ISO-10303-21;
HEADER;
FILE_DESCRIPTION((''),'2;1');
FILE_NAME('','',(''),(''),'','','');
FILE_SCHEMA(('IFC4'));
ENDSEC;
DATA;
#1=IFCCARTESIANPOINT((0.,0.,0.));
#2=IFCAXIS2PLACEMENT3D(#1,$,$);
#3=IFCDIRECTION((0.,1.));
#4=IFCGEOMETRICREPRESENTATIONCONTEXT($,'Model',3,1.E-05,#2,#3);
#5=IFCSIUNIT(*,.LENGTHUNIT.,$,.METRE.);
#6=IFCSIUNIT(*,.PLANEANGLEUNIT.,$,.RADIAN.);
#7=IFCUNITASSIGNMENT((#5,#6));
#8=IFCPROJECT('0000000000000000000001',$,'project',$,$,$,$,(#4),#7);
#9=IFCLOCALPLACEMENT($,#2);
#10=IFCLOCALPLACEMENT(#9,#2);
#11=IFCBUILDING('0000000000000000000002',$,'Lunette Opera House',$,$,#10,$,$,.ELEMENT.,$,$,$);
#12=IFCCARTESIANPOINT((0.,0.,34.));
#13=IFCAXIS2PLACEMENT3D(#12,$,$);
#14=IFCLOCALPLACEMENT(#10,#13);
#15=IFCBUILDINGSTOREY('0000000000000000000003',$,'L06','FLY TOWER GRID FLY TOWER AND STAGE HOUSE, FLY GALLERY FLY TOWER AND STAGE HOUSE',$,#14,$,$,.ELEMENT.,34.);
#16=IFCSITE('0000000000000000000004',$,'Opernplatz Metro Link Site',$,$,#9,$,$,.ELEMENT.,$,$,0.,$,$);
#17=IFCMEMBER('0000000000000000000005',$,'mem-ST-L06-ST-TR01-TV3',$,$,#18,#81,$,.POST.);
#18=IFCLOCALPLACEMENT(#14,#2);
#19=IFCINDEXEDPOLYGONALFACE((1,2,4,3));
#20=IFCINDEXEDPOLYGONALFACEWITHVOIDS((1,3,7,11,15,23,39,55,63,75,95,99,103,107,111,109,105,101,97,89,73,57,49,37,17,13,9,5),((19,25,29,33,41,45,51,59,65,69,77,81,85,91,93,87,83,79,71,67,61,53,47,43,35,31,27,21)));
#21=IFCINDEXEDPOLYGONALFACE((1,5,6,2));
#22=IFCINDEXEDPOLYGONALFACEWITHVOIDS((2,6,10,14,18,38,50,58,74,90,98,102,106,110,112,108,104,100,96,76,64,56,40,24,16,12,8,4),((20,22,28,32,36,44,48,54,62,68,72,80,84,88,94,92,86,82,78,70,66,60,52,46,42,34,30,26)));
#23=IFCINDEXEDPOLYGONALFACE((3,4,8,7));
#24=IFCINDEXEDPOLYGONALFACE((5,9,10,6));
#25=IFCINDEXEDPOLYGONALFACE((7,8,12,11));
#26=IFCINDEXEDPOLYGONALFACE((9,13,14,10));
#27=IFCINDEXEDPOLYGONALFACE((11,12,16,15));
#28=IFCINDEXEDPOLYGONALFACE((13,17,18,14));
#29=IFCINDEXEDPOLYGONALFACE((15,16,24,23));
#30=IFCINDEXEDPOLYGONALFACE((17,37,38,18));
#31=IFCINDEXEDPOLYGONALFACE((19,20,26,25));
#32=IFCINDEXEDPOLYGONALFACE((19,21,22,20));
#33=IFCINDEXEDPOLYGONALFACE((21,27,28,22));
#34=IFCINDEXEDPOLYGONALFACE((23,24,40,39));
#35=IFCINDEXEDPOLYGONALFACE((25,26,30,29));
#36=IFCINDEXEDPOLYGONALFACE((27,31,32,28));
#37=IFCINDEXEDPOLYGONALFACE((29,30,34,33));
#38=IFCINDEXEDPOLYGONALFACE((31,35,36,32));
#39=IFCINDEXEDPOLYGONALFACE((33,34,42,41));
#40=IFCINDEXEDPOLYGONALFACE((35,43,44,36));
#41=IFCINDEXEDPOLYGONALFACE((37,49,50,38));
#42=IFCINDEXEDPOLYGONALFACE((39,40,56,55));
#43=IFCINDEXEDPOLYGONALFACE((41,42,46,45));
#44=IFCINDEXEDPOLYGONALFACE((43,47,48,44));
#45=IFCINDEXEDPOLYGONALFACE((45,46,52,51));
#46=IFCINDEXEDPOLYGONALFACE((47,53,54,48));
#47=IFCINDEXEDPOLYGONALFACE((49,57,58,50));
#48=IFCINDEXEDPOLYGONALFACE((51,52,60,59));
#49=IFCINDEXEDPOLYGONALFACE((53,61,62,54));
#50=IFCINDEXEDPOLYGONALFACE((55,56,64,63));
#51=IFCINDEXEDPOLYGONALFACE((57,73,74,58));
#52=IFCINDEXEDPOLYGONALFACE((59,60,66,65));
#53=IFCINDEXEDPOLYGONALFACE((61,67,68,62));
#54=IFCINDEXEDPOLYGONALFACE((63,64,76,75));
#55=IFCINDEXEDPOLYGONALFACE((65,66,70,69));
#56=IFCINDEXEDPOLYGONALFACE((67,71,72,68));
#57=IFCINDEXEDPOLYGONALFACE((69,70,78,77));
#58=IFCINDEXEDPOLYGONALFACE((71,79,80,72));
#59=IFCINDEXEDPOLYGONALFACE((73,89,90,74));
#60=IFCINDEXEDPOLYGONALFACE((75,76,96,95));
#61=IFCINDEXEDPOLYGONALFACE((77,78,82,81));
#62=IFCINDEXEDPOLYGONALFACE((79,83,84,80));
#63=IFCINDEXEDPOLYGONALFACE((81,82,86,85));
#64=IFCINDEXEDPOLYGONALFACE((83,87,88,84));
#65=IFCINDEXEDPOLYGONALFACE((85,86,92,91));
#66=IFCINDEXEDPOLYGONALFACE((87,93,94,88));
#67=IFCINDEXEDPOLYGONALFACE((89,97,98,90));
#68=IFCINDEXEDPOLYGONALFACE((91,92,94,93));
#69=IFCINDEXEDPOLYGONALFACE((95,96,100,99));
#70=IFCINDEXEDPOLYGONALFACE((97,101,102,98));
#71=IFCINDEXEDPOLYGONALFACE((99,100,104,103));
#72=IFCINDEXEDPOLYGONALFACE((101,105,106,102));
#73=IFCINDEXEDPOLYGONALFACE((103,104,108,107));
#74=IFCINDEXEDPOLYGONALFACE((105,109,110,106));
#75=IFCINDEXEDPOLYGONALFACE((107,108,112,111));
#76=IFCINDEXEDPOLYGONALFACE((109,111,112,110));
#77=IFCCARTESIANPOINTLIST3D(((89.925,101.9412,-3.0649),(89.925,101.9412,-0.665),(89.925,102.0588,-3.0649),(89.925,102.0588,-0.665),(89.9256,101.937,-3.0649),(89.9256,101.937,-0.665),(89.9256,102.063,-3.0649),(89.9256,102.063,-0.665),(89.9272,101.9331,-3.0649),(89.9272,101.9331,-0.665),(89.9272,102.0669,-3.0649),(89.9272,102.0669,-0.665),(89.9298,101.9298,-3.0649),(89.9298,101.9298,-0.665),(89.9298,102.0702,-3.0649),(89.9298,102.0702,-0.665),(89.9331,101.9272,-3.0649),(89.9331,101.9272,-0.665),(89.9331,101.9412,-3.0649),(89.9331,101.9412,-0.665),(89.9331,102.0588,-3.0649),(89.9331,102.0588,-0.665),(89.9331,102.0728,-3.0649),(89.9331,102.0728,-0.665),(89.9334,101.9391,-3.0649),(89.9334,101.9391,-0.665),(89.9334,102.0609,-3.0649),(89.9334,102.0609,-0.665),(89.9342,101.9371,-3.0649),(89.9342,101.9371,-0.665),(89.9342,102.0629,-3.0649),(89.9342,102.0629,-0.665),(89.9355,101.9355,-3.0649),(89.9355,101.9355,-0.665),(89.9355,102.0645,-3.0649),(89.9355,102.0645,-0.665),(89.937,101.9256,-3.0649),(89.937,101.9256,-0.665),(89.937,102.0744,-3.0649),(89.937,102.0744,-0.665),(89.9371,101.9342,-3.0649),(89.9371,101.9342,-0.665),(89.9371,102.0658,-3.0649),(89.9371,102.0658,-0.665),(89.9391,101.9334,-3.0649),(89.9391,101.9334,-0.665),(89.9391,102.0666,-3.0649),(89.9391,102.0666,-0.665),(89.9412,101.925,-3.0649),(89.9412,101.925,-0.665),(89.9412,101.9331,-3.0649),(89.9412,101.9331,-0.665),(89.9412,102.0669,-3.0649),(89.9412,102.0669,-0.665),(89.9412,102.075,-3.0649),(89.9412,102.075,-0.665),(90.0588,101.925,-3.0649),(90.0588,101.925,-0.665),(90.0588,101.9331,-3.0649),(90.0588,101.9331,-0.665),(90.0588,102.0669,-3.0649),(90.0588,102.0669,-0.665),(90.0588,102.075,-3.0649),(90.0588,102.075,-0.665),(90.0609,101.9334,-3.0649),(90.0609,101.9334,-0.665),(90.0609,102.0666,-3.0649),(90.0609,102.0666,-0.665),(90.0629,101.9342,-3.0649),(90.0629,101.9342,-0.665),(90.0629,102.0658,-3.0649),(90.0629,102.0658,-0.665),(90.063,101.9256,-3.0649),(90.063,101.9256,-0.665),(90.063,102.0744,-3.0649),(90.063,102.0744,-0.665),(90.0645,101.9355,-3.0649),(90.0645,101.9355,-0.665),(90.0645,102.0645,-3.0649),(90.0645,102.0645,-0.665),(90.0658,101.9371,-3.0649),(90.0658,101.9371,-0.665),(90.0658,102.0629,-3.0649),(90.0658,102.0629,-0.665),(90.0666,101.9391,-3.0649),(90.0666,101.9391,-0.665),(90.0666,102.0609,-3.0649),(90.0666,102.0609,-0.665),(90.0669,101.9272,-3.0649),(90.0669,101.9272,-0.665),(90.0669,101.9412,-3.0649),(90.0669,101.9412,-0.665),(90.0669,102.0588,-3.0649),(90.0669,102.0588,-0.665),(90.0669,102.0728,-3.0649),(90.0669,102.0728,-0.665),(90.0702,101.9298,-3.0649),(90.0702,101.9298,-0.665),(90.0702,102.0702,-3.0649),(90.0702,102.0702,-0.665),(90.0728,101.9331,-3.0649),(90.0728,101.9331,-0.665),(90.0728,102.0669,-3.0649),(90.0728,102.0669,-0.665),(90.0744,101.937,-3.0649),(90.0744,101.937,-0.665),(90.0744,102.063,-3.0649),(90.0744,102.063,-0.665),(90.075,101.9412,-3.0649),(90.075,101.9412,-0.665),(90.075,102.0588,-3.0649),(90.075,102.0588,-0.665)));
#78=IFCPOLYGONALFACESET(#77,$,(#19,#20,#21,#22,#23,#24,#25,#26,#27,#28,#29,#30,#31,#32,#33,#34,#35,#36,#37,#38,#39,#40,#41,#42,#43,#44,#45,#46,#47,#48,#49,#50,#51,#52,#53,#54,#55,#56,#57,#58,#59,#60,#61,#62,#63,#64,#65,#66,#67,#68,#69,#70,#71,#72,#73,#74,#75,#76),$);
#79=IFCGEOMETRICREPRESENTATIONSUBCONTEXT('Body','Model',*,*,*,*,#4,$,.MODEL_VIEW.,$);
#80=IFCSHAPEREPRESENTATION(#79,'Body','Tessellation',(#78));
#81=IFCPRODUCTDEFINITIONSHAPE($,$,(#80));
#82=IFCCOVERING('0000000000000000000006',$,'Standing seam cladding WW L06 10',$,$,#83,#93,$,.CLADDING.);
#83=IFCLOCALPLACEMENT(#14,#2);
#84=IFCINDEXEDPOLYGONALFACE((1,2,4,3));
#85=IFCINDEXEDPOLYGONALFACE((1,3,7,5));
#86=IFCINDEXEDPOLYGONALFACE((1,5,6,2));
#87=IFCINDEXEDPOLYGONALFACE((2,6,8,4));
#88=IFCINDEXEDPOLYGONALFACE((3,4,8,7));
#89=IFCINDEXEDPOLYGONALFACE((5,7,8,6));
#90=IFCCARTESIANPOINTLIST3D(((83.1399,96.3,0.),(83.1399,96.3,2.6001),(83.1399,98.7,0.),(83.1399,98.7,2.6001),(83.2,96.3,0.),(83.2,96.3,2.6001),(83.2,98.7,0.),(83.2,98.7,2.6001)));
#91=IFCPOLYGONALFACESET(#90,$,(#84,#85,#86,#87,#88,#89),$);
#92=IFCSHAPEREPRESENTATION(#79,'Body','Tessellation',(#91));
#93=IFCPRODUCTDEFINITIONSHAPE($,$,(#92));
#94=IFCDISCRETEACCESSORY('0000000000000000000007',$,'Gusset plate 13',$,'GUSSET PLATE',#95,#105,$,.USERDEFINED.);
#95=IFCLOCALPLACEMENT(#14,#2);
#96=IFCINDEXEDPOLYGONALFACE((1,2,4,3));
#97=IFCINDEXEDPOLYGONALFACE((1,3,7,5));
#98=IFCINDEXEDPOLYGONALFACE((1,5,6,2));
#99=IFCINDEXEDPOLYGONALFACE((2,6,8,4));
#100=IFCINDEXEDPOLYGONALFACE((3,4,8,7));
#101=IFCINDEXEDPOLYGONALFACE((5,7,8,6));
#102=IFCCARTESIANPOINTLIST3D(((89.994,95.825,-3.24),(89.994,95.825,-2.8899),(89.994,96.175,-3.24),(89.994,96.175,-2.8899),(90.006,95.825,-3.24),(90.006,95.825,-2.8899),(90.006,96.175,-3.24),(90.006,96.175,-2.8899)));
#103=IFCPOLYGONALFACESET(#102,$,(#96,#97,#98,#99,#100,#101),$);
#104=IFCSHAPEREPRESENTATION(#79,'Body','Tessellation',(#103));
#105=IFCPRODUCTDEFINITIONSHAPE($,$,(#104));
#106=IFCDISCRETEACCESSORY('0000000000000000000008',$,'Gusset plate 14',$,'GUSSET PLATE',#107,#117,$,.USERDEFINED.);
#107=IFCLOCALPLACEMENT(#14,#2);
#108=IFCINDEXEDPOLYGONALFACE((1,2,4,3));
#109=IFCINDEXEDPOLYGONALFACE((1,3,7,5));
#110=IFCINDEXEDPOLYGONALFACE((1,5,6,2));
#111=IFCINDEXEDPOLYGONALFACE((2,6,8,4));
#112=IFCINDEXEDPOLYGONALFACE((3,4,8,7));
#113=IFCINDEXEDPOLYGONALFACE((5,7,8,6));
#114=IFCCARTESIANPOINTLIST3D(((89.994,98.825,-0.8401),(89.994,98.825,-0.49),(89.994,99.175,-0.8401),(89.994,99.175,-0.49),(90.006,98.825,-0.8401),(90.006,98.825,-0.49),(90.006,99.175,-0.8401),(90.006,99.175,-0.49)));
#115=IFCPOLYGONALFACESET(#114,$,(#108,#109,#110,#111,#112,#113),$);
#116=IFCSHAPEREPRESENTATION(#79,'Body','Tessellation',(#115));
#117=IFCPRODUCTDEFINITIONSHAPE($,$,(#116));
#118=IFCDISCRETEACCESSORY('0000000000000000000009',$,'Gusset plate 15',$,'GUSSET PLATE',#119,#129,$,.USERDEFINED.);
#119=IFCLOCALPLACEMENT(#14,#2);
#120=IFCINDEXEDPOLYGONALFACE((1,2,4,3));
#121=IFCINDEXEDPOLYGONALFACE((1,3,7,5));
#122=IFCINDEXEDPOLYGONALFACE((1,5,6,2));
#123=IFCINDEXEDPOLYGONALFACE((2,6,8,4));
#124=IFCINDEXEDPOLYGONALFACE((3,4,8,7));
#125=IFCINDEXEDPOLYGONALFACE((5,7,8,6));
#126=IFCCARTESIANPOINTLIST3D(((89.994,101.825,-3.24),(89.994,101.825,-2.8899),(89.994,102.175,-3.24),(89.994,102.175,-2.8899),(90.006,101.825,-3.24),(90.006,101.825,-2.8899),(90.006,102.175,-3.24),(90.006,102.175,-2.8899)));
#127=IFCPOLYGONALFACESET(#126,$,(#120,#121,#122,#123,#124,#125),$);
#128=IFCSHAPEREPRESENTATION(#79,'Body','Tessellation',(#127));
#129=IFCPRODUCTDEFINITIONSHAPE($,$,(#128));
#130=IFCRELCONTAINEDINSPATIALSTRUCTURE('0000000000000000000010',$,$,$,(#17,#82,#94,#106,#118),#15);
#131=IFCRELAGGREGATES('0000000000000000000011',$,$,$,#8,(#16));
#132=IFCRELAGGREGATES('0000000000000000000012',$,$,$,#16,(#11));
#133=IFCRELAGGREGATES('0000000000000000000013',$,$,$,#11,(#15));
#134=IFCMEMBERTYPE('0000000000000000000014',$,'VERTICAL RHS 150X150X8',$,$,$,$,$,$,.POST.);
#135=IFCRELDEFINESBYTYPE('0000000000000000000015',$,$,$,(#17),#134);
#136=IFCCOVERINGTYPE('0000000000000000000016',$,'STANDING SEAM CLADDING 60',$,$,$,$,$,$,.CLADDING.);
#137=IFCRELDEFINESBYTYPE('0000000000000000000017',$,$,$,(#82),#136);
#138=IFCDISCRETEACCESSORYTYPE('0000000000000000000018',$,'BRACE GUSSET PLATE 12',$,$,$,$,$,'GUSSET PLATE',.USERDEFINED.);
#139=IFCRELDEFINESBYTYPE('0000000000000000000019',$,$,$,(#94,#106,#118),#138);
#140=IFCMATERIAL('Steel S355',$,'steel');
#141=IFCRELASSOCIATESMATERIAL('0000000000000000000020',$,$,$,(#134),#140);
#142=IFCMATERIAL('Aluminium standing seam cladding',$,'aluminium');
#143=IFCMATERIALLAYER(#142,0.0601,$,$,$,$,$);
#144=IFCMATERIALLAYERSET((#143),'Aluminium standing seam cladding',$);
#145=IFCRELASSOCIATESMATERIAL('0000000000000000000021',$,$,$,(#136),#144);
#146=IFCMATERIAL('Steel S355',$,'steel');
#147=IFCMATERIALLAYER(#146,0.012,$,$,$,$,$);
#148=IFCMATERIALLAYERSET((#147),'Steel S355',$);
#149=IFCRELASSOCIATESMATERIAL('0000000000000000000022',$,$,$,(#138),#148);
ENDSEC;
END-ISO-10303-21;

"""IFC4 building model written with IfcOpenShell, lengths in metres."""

from ifc_helpers import new_model, si_unit, direction, frame, origin, origin_2d, place, context, subcontext, project, spatial, rectangle, hollow_rectangle, extrude, material, layer, layer_set, material_profile, profile_set, type_object, element, save


model = new_model("IFC4")

# Units and contexts
model_context = context("Model", 3, precision=1e-05, world=origin(), true_north=direction((0.0, 1.0)))
body_context = subcontext(model_context, "Body", "Model", "MODEL_VIEW")
ifc_project = project(units=[si_unit("LENGTHUNIT", "METRE"), si_unit("PLANEANGLEUNIT", "RADIAN")], contexts=[model_context])

# Site, building, storey
site_placement = place(None, origin())
site = spatial("IfcSite", under=ifc_project, at=site_placement, Name="Opernplatz Metro Link Site", CompositionType="ELEMENT", RefElevation=0.0)
building_placement = place(site_placement, origin())
building = spatial("IfcBuilding", under=site, at=building_placement, Name="Lunette Opera House", CompositionType="ELEMENT")
storey_placement = place(building_placement, frame((0.0, 0.0, 34.0)))
storey = spatial("IfcBuildingStorey", under=building, at=storey_placement, Name="L06", Description="FLY TOWER GRID FLY TOWER AND STAGE HOUSE, FLY GALLERY FLY TOWER AND STAGE HOUSE", CompositionType="ELEMENT", Elevation=34.0)

# Member
ifc_material_1 = material(Name="Steel S355", Category="steel")
ifc_material_profile_1 = material_profile(ifc_material_1, hollow_rectangle(XDim=0.1499, YDim=0.1499, WallThickness=0.0081, InnerFilletRadius=0.0081, OuterFilletRadius=0.0161, at=origin_2d()), Name="RHS 150X150X8")
ifc_profile_set_1 = profile_set([ifc_material_profile_1], Name="Steel S355")
member_type_1 = type_object("IfcMemberType", Name="VERTICAL RHS 150X150X8", PredefinedType="POST", material=ifc_profile_set_1)
for number, where, z_axis, x_axis, name in (
    (1, (90.0, 102.0, -3.0649), (0.0, 0.0, 1.0), (1.0, 0.0, 0.0), "mem-ST-L06-ST-TR01-TV3"),
):
    element("IfcMember", number, at=place(storey_placement, frame(where, z_axis=z_axis, x_axis=x_axis)), inside=storey, type_object=member_type_1, Name=name, PredefinedType="POST", context=body_context, shape_type="SweptSolid", body=[
        extrude(hollow_rectangle(XDim=0.1499, YDim=0.1499, WallThickness=0.0081, InnerFilletRadius=0.0081, OuterFilletRadius=0.0161, at=origin_2d()), origin(), (0.0, 0.0, 1.0), 2.3999),
    ])

# Covering
ifc_material_2 = material(Name="Aluminium standing seam cladding", Category="aluminium")
ifc_layer_1 = layer(ifc_material_2, 0.0601)
ifc_layer_set_1 = layer_set([ifc_layer_1], Name="Aluminium standing seam cladding")
covering_type = type_object("IfcCoveringType", Name="STANDING SEAM CLADDING 60", PredefinedType="CLADDING", material=ifc_layer_set_1)
covering_placement = place(storey_placement, frame((83.1699, 97.5, 0.0), z_axis=(0.0, 0.0, 1.0), x_axis=(0.0, 1.0, 0.0)))
element("IfcCovering", 2, at=covering_placement, inside=storey, type_object=covering_type, Name="Standing seam cladding WW L06 10", PredefinedType="CLADDING", context=body_context, shape_type="SweptSolid", body=[
    extrude(rectangle(XDim=2.3999, YDim=0.0601, at=origin_2d()), origin(), (0.0, 0.0, 1.0), 2.6001),
])

# Discrete accessories
ifc_material_3 = material(Name="Steel S355", Category="steel")
ifc_layer_2 = layer(ifc_material_3, 0.012)
ifc_layer_set_2 = layer_set([ifc_layer_2], Name="Steel S355")
discrete_accessory_type = type_object("IfcDiscreteAccessoryType", Name="BRACE GUSSET PLATE 12", ElementType="GUSSET PLATE", PredefinedType="USERDEFINED", material=ifc_layer_set_2)
for number, where, z_axis, x_axis, name in (
    (3, (90.0, 96.0, -3.24), (0.0, 0.0, 1.0), (0.0, 1.0, 0.0), "Gusset plate 13"),
    (4, (90.0, 99.0, -0.8401), (0.0, 0.0, 1.0), (0.0, 1.0, 0.0), "Gusset plate 14"),
    (5, (90.0, 102.0, -3.24), (0.0, 0.0, 1.0), (0.0, 1.0, 0.0), "Gusset plate 15"),
):
    element("IfcDiscreteAccessory", number, at=place(storey_placement, frame(where, z_axis=z_axis, x_axis=x_axis)), inside=storey, type_object=discrete_accessory_type, Name=name, ObjectType="GUSSET PLATE", PredefinedType="USERDEFINED", context=body_context, shape_type="SweptSolid", body=[
        extrude(rectangle(XDim=0.3501, YDim=0.012, at=origin_2d()), origin(), (0.0, 0.0, 1.0), 0.3501),
    ])

save(model, "model.ifc")
